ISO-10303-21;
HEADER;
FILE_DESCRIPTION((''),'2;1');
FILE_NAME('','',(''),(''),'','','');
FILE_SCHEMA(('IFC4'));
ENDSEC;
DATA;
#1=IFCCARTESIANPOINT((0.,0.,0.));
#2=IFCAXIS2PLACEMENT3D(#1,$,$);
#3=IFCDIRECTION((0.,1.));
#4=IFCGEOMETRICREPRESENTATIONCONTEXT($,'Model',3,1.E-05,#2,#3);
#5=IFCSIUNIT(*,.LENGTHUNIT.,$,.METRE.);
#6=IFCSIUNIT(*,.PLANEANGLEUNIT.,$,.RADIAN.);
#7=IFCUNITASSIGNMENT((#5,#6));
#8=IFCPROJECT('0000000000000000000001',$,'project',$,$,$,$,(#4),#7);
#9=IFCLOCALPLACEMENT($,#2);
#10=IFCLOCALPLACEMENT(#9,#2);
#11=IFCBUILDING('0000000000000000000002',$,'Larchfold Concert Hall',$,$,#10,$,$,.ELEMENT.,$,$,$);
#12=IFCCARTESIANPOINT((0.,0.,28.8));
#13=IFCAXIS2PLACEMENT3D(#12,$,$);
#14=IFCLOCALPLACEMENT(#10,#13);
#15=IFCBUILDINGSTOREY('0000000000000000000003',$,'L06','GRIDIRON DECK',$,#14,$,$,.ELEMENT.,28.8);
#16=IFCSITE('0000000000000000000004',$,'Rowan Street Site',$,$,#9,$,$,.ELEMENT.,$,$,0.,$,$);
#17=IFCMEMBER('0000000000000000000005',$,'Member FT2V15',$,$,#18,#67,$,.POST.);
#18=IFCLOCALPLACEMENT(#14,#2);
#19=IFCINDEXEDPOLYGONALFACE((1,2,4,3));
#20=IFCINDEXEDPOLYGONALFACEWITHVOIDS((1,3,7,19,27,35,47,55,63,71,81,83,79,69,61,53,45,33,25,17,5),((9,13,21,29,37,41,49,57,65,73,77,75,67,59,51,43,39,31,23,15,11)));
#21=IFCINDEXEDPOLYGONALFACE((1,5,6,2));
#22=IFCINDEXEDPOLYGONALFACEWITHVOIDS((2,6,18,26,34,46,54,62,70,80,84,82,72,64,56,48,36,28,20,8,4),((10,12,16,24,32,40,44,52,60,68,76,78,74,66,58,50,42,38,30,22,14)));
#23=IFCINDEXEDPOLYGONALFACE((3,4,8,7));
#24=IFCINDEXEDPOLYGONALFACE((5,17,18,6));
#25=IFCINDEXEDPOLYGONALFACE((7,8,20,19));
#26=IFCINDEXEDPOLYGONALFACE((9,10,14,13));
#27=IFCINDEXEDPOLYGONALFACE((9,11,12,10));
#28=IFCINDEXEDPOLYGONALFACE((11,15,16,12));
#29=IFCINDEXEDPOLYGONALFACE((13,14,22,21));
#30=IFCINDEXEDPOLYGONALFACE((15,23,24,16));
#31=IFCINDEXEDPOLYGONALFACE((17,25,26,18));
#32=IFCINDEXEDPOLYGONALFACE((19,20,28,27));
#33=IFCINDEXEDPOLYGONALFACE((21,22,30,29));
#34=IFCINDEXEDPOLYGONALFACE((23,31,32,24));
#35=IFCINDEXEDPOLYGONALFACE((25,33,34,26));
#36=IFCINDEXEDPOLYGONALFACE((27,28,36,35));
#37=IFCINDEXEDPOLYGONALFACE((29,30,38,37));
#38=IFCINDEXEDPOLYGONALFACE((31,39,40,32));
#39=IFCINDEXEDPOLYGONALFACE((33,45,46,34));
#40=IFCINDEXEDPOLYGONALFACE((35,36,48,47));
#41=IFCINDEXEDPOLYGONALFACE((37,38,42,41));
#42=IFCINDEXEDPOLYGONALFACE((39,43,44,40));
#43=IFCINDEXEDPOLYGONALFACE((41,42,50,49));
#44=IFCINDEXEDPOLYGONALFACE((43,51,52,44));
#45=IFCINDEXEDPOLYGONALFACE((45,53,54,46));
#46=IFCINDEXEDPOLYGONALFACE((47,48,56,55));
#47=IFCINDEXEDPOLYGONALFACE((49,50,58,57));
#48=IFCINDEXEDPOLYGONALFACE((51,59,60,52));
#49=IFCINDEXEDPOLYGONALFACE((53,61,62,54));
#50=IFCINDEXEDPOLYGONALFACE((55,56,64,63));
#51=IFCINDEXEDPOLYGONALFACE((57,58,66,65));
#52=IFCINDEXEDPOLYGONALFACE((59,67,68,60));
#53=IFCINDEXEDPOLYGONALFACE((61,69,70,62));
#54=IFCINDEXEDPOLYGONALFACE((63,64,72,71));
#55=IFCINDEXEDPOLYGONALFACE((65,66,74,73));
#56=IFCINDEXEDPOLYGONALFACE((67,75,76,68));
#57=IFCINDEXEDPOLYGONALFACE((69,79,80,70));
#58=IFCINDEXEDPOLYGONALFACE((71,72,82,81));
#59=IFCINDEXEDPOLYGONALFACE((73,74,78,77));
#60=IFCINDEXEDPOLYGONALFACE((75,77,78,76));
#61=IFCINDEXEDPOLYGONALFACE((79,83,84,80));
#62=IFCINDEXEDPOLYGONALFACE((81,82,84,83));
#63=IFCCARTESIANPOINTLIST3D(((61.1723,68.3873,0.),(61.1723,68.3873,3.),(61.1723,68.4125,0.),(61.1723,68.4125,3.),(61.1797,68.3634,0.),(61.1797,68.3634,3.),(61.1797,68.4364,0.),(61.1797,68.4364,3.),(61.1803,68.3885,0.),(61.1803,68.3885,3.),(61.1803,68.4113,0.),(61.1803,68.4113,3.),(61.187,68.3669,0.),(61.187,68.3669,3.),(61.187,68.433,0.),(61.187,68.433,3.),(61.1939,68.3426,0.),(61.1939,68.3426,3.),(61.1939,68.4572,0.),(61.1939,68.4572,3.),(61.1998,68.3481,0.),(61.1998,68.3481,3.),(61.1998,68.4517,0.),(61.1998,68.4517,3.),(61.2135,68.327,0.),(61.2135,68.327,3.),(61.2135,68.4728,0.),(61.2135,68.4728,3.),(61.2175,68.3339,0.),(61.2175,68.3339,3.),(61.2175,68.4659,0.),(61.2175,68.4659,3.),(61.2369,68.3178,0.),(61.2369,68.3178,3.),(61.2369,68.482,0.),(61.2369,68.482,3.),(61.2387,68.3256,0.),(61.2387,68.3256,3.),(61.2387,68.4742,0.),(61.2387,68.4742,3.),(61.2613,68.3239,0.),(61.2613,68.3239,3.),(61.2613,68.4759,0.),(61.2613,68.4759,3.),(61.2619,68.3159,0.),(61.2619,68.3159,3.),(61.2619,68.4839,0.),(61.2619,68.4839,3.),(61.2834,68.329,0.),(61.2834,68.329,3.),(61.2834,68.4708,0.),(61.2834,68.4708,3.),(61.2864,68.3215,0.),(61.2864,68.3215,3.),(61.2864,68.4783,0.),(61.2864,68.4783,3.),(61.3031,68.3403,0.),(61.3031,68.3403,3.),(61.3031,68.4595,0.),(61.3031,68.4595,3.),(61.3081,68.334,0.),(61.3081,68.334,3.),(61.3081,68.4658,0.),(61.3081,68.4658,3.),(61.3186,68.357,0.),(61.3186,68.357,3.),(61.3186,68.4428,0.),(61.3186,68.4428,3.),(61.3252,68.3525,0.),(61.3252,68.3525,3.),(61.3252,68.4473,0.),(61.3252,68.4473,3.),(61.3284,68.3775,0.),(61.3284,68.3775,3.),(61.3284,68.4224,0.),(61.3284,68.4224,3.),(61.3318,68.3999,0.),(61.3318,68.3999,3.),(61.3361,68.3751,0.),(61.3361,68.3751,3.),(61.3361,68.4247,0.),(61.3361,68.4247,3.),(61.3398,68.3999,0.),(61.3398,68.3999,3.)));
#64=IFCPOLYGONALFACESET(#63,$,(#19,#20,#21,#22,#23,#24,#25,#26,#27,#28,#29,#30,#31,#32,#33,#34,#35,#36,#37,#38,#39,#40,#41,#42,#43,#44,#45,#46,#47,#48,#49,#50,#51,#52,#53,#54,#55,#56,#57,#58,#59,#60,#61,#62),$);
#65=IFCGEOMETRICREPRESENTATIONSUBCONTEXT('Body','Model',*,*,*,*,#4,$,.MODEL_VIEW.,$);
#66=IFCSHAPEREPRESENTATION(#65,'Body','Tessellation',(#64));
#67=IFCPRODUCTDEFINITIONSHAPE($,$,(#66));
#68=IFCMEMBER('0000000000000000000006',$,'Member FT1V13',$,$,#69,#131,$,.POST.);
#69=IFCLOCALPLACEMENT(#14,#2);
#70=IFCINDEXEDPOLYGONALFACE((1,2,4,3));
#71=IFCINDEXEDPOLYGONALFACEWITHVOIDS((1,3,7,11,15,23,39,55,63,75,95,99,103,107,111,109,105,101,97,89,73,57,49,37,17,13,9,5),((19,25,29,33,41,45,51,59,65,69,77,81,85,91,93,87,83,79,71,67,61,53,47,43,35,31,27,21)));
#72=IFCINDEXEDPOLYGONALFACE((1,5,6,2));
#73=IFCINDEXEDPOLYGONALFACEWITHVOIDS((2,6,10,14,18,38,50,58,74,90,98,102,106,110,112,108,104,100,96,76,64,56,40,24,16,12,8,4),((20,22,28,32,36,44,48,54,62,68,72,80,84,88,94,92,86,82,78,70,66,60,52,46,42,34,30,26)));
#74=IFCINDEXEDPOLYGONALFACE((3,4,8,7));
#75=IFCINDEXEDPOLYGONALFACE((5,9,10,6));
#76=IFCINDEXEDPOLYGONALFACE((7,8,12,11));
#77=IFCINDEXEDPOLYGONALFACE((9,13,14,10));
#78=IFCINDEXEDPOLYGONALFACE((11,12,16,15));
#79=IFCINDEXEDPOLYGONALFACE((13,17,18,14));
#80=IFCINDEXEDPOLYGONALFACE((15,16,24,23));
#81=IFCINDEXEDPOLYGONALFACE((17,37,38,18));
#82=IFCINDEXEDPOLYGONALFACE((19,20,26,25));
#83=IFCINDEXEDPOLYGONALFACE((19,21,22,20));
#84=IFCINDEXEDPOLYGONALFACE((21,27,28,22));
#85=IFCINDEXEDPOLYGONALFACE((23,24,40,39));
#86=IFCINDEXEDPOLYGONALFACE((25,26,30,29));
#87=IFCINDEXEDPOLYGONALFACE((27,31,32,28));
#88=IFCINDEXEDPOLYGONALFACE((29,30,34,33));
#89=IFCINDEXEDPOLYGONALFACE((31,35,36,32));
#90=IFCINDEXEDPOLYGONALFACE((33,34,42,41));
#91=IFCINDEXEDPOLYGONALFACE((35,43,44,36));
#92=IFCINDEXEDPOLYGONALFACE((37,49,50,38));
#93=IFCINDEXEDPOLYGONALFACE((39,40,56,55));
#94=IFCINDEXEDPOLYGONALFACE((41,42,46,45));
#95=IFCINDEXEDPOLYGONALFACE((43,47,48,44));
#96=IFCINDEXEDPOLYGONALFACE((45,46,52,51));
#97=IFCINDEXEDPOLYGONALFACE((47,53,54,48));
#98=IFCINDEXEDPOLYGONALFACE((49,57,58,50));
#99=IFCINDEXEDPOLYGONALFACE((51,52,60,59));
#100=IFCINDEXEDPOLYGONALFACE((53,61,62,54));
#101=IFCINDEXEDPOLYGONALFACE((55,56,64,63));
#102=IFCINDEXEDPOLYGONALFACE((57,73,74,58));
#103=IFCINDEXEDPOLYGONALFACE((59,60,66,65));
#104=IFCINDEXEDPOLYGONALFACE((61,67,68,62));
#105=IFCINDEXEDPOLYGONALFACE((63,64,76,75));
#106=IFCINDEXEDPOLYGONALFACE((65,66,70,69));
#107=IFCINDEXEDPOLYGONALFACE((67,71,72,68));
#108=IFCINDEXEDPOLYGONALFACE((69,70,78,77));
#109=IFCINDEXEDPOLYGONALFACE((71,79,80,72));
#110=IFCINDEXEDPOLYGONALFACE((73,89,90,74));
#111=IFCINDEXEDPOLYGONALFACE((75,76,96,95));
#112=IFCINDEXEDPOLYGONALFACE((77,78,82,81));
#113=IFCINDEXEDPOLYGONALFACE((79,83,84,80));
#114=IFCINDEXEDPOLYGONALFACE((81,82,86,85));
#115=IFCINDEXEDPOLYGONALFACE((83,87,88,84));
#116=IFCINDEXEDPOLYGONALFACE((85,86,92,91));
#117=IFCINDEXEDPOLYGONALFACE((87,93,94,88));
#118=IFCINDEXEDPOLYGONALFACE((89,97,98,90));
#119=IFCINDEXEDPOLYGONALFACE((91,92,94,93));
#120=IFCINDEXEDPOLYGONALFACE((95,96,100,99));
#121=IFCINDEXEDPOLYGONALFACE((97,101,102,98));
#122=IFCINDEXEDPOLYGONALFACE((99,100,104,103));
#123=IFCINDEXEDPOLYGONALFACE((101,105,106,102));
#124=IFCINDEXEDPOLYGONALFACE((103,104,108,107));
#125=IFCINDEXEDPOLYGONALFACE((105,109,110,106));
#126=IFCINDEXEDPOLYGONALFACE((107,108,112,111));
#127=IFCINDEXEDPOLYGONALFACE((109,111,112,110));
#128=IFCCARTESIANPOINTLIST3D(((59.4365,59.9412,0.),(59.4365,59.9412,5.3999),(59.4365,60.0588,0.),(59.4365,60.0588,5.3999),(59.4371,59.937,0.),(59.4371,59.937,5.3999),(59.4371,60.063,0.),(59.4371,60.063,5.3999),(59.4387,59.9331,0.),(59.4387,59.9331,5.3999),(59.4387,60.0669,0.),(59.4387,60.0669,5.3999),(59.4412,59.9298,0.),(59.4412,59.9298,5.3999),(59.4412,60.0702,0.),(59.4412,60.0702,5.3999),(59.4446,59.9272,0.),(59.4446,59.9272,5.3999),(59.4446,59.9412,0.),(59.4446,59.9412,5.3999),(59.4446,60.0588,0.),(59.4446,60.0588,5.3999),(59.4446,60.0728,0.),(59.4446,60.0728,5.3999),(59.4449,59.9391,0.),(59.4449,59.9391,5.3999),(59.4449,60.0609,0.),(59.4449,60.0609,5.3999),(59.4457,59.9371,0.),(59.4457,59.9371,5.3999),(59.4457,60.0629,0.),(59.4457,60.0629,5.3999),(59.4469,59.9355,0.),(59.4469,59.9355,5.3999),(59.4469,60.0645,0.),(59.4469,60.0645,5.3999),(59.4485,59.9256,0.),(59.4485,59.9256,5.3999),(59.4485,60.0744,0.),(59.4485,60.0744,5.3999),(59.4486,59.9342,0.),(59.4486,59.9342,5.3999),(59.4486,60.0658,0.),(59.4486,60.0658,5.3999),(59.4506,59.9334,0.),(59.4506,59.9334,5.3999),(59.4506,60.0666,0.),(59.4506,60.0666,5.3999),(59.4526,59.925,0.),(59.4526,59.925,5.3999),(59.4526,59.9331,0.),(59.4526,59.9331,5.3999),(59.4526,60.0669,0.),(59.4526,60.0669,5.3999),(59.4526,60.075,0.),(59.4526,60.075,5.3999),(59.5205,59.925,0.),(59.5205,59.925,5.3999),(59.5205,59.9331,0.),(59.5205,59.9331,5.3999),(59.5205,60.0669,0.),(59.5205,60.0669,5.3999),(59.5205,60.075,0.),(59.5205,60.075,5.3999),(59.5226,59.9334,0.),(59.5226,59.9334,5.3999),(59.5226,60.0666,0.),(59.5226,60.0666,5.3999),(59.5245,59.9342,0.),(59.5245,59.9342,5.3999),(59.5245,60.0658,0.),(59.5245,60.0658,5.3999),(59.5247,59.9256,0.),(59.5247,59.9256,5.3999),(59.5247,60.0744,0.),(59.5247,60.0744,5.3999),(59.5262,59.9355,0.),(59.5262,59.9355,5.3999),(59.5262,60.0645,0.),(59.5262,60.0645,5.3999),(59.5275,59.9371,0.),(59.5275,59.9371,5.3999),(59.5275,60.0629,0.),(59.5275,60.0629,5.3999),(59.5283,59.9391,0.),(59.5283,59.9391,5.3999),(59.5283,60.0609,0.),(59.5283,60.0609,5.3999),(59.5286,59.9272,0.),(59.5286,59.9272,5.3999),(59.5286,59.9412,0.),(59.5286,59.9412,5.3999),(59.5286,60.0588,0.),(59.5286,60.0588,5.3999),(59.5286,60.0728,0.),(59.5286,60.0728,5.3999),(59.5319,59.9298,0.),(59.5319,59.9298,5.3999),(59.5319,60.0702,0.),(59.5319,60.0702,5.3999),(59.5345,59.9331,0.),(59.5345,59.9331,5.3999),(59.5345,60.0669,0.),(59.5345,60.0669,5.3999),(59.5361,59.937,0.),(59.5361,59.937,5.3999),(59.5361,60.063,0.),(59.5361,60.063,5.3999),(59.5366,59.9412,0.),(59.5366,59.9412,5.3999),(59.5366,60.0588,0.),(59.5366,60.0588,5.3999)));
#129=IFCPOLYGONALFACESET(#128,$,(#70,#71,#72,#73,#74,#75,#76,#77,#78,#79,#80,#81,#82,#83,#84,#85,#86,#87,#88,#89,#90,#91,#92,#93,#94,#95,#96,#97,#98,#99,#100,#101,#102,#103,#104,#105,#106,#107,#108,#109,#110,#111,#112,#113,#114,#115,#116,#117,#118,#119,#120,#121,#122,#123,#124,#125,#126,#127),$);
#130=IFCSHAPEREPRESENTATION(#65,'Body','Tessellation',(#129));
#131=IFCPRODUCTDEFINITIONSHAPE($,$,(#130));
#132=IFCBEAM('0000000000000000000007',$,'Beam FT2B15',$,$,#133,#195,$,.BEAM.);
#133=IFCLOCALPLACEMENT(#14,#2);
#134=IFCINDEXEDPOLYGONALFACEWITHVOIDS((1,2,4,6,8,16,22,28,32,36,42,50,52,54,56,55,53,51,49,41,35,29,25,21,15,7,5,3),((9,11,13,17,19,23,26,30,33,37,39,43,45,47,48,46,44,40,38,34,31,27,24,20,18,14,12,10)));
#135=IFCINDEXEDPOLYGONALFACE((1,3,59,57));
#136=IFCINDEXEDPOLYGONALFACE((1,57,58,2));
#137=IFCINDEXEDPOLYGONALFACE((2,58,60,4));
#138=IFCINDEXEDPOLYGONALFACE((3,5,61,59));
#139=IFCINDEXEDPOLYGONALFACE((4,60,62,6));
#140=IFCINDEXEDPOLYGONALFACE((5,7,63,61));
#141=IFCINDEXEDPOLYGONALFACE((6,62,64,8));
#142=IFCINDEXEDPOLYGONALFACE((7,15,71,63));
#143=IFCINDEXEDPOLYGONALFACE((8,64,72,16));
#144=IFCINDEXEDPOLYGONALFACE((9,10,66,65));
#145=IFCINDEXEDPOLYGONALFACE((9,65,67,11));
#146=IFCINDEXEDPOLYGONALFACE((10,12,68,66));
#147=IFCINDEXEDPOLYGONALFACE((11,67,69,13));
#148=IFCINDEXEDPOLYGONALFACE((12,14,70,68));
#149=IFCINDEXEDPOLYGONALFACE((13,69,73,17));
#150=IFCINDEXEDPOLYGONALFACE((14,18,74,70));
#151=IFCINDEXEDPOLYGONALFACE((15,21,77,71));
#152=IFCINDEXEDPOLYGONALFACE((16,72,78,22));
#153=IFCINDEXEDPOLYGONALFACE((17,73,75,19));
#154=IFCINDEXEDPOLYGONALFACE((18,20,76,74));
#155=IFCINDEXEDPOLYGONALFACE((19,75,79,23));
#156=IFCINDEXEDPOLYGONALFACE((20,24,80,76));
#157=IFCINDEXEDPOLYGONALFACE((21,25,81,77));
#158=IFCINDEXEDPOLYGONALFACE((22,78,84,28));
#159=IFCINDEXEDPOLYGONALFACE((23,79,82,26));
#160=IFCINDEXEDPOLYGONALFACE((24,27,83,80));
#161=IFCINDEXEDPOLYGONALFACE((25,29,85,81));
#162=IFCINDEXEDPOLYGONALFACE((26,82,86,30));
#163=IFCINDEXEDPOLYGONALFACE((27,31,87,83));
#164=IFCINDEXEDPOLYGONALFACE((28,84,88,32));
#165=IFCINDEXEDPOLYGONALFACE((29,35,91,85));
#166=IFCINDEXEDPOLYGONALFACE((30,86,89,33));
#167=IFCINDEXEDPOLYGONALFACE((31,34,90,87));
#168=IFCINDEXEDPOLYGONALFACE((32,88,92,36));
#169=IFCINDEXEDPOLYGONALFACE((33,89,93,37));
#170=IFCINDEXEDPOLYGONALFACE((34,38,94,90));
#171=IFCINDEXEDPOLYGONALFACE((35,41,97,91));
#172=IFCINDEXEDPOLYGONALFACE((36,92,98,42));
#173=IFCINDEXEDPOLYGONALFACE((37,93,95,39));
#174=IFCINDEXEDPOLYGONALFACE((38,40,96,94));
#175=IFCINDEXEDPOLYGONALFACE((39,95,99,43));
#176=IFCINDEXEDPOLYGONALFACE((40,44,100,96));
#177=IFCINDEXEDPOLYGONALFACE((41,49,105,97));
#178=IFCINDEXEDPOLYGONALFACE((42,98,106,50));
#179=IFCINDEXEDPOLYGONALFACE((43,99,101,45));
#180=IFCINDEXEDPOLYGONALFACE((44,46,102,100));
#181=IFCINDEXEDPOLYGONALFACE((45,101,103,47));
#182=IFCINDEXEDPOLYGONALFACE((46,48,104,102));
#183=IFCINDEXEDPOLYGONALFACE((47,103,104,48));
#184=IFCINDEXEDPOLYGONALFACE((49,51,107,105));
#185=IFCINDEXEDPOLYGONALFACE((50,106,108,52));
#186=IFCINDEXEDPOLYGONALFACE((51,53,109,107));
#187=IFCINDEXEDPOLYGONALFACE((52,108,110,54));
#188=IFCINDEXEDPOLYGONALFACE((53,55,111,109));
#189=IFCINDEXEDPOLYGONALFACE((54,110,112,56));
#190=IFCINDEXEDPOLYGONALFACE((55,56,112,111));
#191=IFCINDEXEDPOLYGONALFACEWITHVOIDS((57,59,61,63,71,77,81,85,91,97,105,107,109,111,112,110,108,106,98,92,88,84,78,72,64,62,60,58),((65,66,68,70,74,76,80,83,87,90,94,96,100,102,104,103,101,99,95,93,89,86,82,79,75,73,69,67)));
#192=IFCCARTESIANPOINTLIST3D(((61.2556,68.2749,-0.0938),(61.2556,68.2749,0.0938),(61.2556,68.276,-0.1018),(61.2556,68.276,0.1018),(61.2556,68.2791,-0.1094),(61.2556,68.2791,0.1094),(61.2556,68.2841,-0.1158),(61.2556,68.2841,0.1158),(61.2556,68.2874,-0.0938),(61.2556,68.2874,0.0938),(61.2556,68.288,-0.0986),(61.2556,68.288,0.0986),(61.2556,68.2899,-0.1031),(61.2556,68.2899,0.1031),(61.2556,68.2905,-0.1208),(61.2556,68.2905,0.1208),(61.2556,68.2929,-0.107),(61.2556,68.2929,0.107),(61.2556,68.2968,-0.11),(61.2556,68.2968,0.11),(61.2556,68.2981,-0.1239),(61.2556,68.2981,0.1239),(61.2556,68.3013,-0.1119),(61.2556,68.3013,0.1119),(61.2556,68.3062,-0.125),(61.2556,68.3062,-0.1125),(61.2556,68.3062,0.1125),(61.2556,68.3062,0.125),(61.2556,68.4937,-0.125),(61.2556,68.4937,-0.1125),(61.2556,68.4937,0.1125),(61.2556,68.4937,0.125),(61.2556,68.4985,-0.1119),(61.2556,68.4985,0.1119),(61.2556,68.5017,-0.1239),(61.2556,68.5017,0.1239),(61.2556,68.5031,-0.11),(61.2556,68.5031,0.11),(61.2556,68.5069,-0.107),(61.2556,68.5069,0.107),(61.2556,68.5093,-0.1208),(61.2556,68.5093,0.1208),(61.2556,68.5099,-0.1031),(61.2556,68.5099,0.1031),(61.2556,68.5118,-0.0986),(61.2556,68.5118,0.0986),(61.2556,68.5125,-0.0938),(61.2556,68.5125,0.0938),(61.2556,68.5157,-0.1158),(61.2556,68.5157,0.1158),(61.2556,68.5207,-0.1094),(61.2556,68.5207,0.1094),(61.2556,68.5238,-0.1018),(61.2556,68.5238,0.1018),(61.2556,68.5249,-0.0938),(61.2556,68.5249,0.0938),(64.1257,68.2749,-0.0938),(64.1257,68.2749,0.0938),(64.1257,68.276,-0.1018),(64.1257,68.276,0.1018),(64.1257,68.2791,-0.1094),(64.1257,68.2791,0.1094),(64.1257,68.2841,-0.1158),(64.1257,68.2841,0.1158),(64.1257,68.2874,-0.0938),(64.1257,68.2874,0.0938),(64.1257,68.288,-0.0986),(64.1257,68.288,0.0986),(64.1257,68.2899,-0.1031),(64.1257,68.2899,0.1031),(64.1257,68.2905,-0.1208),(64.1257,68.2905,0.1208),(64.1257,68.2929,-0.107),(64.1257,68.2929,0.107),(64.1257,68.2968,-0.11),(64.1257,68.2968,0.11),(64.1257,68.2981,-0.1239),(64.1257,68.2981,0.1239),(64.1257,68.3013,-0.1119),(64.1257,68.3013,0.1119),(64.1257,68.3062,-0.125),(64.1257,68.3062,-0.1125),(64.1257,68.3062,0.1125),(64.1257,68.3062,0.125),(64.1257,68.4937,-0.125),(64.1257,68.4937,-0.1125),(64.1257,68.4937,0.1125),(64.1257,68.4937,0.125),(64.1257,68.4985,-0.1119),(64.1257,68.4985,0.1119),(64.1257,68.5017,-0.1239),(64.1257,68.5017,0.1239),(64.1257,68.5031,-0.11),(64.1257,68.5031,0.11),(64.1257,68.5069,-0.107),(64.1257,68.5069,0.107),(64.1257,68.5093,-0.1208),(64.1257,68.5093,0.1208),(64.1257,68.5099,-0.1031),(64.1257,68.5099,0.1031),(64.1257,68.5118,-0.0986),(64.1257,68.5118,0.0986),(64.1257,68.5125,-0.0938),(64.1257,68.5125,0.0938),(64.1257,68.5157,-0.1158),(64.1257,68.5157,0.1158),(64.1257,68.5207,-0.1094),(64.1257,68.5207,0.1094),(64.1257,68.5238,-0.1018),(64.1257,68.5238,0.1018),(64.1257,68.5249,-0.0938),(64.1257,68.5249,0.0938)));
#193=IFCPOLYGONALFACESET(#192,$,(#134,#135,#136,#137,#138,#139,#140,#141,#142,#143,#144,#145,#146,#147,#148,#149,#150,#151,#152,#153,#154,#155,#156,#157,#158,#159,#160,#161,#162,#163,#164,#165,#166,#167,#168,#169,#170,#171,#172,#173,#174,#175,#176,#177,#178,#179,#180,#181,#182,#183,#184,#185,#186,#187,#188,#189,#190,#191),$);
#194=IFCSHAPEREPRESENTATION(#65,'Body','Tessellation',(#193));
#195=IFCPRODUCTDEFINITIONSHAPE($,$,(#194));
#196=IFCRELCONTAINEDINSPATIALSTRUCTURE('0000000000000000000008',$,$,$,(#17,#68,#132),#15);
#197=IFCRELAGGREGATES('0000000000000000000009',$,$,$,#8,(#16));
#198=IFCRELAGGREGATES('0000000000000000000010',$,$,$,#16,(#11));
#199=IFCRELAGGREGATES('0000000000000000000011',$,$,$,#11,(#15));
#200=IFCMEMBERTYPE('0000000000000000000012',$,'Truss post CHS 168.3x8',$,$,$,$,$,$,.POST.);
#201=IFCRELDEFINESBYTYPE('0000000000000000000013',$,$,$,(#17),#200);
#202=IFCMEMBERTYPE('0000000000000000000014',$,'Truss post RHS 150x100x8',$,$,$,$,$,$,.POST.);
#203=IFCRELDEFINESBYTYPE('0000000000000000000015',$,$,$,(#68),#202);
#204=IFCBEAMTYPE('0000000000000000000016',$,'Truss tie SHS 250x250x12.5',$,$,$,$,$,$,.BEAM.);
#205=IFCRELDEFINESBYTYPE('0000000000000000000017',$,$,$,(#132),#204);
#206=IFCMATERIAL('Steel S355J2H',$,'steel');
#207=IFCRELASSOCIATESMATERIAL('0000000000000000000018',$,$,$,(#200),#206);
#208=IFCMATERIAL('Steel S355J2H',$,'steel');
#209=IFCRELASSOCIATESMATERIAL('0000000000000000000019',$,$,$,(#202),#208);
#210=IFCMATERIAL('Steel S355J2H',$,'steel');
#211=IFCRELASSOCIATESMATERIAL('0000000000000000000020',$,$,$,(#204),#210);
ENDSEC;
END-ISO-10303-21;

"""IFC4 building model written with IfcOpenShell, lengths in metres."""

from ifc_helpers import new_model, si_unit, direction, frame, origin, origin_2d, place, context, subcontext, project, spatial, hollow_rectangle, hollow_circle, extrude, material, material_profile, profile_set, type_object, element, save


model = new_model("IFC4")

# Units and contexts
model_context = context("Model", 3, precision=1e-05, world=origin(), true_north=direction((0.0, 1.0)))
body_context = subcontext(model_context, "Body", "Model", "MODEL_VIEW")
ifc_project = project(units=[si_unit("LENGTHUNIT", "METRE"), si_unit("PLANEANGLEUNIT", "RADIAN")], contexts=[model_context])

# Site, building, storey
site_placement = place(None, origin())
site = spatial("IfcSite", under=ifc_project, at=site_placement, Name="Rowan Street Site", CompositionType="ELEMENT", RefElevation=0.0)
building_placement = place(site_placement, origin())
building = spatial("IfcBuilding", under=site, at=building_placement, Name="Larchfold Concert Hall", CompositionType="ELEMENT")
storey_placement = place(building_placement, frame((0.0, 0.0, 28.8)))
storey = spatial("IfcBuildingStorey", under=building, at=storey_placement, Name="L06", Description="GRIDIRON DECK", CompositionType="ELEMENT", Elevation=28.8)

# Members
ifc_material_1 = material(Name="Steel S355J2H", Category="steel")
ifc_material_profile_1 = material_profile(ifc_material_1, hollow_circle(Radius=0.0842, WallThickness=0.0081, at=origin_2d()))
ifc_profile_set_1 = profile_set([ifc_material_profile_1], Name="Steel S355J2H")
member_type_1 = type_object("IfcMemberType", Name="Truss post CHS 168.3x8", PredefinedType="POST", material=ifc_profile_set_1)
member_1_placement = place(storey_placement, frame((61.2556, 68.3999, 3.0), z_axis=(0.0, 0.0, -1.0), x_axis=(1.0, 0.0, 0.0)))
element("IfcMember", 1, at=member_1_placement, inside=storey, type_object=member_type_1, Name="Member FT2V15", PredefinedType="POST", context=body_context, shape_type="SweptSolid", body=[
    extrude(hollow_circle(Radius=0.0842, WallThickness=0.0081, at=origin_2d()), origin(), (0.0, 0.0, 1.0), 3.0),
])
ifc_material_2 = material(Name="Steel S355J2H", Category="steel")
ifc_material_profile_2 = material_profile(ifc_material_2, hollow_rectangle(XDim=0.1001, YDim=0.1499, WallThickness=0.0081, InnerFilletRadius=0.0081, OuterFilletRadius=0.0161, at=origin_2d()))
ifc_profile_set_2 = profile_set([ifc_material_profile_2], Name="Steel S355J2H")
member_type_2 = type_object("IfcMemberType", Name="Truss post RHS 150x100x8", PredefinedType="POST", material=ifc_profile_set_2)
member_2_placement = place(storey_placement, frame((59.4866, 60.0, 5.3999), z_axis=(0.0, 0.0, -1.0), x_axis=(1.0, 0.0, 0.0)))
element("IfcMember", 2, at=member_2_placement, inside=storey, type_object=member_type_2, Name="Member FT1V13", PredefinedType="POST", context=body_context, shape_type="SweptSolid", body=[
    extrude(hollow_rectangle(XDim=0.1001, YDim=0.1499, WallThickness=0.0081, InnerFilletRadius=0.0081, OuterFilletRadius=0.0161, at=origin_2d()), origin(), (0.0, 0.0, 1.0), 5.3999),
])

# Beam
ifc_material_3 = material(Name="Steel S355J2H", Category="steel")
ifc_material_profile_3 = material_profile(ifc_material_3, hollow_rectangle(XDim=0.25, YDim=0.25, WallThickness=0.0125, InnerFilletRadius=0.0188, OuterFilletRadius=0.0312, at=origin_2d()))
ifc_profile_set_3 = profile_set([ifc_material_profile_3], Name="Steel S355J2H")
beam_type_1 = type_object("IfcBeamType", Name="Truss tie SHS 250x250x12.5", PredefinedType="BEAM", material=ifc_profile_set_3)
beam_1_placement = place(storey_placement, frame((61.2556, 68.3999, 0.0), z_axis=(1.0, 0.0, 0.0), x_axis=(0.0, 1.0, 0.0)))
element("IfcBeam", 3, at=beam_1_placement, inside=storey, type_object=beam_type_1, Name="Beam FT2B15", PredefinedType="BEAM", context=body_context, shape_type="SweptSolid", body=[
    extrude(hollow_rectangle(XDim=0.25, YDim=0.25, WallThickness=0.0125, InnerFilletRadius=0.0188, OuterFilletRadius=0.0312, at=origin_2d()), origin(), (0.0, 0.0, 1.0), 2.8701),
])

save(model, "model.ifc")
